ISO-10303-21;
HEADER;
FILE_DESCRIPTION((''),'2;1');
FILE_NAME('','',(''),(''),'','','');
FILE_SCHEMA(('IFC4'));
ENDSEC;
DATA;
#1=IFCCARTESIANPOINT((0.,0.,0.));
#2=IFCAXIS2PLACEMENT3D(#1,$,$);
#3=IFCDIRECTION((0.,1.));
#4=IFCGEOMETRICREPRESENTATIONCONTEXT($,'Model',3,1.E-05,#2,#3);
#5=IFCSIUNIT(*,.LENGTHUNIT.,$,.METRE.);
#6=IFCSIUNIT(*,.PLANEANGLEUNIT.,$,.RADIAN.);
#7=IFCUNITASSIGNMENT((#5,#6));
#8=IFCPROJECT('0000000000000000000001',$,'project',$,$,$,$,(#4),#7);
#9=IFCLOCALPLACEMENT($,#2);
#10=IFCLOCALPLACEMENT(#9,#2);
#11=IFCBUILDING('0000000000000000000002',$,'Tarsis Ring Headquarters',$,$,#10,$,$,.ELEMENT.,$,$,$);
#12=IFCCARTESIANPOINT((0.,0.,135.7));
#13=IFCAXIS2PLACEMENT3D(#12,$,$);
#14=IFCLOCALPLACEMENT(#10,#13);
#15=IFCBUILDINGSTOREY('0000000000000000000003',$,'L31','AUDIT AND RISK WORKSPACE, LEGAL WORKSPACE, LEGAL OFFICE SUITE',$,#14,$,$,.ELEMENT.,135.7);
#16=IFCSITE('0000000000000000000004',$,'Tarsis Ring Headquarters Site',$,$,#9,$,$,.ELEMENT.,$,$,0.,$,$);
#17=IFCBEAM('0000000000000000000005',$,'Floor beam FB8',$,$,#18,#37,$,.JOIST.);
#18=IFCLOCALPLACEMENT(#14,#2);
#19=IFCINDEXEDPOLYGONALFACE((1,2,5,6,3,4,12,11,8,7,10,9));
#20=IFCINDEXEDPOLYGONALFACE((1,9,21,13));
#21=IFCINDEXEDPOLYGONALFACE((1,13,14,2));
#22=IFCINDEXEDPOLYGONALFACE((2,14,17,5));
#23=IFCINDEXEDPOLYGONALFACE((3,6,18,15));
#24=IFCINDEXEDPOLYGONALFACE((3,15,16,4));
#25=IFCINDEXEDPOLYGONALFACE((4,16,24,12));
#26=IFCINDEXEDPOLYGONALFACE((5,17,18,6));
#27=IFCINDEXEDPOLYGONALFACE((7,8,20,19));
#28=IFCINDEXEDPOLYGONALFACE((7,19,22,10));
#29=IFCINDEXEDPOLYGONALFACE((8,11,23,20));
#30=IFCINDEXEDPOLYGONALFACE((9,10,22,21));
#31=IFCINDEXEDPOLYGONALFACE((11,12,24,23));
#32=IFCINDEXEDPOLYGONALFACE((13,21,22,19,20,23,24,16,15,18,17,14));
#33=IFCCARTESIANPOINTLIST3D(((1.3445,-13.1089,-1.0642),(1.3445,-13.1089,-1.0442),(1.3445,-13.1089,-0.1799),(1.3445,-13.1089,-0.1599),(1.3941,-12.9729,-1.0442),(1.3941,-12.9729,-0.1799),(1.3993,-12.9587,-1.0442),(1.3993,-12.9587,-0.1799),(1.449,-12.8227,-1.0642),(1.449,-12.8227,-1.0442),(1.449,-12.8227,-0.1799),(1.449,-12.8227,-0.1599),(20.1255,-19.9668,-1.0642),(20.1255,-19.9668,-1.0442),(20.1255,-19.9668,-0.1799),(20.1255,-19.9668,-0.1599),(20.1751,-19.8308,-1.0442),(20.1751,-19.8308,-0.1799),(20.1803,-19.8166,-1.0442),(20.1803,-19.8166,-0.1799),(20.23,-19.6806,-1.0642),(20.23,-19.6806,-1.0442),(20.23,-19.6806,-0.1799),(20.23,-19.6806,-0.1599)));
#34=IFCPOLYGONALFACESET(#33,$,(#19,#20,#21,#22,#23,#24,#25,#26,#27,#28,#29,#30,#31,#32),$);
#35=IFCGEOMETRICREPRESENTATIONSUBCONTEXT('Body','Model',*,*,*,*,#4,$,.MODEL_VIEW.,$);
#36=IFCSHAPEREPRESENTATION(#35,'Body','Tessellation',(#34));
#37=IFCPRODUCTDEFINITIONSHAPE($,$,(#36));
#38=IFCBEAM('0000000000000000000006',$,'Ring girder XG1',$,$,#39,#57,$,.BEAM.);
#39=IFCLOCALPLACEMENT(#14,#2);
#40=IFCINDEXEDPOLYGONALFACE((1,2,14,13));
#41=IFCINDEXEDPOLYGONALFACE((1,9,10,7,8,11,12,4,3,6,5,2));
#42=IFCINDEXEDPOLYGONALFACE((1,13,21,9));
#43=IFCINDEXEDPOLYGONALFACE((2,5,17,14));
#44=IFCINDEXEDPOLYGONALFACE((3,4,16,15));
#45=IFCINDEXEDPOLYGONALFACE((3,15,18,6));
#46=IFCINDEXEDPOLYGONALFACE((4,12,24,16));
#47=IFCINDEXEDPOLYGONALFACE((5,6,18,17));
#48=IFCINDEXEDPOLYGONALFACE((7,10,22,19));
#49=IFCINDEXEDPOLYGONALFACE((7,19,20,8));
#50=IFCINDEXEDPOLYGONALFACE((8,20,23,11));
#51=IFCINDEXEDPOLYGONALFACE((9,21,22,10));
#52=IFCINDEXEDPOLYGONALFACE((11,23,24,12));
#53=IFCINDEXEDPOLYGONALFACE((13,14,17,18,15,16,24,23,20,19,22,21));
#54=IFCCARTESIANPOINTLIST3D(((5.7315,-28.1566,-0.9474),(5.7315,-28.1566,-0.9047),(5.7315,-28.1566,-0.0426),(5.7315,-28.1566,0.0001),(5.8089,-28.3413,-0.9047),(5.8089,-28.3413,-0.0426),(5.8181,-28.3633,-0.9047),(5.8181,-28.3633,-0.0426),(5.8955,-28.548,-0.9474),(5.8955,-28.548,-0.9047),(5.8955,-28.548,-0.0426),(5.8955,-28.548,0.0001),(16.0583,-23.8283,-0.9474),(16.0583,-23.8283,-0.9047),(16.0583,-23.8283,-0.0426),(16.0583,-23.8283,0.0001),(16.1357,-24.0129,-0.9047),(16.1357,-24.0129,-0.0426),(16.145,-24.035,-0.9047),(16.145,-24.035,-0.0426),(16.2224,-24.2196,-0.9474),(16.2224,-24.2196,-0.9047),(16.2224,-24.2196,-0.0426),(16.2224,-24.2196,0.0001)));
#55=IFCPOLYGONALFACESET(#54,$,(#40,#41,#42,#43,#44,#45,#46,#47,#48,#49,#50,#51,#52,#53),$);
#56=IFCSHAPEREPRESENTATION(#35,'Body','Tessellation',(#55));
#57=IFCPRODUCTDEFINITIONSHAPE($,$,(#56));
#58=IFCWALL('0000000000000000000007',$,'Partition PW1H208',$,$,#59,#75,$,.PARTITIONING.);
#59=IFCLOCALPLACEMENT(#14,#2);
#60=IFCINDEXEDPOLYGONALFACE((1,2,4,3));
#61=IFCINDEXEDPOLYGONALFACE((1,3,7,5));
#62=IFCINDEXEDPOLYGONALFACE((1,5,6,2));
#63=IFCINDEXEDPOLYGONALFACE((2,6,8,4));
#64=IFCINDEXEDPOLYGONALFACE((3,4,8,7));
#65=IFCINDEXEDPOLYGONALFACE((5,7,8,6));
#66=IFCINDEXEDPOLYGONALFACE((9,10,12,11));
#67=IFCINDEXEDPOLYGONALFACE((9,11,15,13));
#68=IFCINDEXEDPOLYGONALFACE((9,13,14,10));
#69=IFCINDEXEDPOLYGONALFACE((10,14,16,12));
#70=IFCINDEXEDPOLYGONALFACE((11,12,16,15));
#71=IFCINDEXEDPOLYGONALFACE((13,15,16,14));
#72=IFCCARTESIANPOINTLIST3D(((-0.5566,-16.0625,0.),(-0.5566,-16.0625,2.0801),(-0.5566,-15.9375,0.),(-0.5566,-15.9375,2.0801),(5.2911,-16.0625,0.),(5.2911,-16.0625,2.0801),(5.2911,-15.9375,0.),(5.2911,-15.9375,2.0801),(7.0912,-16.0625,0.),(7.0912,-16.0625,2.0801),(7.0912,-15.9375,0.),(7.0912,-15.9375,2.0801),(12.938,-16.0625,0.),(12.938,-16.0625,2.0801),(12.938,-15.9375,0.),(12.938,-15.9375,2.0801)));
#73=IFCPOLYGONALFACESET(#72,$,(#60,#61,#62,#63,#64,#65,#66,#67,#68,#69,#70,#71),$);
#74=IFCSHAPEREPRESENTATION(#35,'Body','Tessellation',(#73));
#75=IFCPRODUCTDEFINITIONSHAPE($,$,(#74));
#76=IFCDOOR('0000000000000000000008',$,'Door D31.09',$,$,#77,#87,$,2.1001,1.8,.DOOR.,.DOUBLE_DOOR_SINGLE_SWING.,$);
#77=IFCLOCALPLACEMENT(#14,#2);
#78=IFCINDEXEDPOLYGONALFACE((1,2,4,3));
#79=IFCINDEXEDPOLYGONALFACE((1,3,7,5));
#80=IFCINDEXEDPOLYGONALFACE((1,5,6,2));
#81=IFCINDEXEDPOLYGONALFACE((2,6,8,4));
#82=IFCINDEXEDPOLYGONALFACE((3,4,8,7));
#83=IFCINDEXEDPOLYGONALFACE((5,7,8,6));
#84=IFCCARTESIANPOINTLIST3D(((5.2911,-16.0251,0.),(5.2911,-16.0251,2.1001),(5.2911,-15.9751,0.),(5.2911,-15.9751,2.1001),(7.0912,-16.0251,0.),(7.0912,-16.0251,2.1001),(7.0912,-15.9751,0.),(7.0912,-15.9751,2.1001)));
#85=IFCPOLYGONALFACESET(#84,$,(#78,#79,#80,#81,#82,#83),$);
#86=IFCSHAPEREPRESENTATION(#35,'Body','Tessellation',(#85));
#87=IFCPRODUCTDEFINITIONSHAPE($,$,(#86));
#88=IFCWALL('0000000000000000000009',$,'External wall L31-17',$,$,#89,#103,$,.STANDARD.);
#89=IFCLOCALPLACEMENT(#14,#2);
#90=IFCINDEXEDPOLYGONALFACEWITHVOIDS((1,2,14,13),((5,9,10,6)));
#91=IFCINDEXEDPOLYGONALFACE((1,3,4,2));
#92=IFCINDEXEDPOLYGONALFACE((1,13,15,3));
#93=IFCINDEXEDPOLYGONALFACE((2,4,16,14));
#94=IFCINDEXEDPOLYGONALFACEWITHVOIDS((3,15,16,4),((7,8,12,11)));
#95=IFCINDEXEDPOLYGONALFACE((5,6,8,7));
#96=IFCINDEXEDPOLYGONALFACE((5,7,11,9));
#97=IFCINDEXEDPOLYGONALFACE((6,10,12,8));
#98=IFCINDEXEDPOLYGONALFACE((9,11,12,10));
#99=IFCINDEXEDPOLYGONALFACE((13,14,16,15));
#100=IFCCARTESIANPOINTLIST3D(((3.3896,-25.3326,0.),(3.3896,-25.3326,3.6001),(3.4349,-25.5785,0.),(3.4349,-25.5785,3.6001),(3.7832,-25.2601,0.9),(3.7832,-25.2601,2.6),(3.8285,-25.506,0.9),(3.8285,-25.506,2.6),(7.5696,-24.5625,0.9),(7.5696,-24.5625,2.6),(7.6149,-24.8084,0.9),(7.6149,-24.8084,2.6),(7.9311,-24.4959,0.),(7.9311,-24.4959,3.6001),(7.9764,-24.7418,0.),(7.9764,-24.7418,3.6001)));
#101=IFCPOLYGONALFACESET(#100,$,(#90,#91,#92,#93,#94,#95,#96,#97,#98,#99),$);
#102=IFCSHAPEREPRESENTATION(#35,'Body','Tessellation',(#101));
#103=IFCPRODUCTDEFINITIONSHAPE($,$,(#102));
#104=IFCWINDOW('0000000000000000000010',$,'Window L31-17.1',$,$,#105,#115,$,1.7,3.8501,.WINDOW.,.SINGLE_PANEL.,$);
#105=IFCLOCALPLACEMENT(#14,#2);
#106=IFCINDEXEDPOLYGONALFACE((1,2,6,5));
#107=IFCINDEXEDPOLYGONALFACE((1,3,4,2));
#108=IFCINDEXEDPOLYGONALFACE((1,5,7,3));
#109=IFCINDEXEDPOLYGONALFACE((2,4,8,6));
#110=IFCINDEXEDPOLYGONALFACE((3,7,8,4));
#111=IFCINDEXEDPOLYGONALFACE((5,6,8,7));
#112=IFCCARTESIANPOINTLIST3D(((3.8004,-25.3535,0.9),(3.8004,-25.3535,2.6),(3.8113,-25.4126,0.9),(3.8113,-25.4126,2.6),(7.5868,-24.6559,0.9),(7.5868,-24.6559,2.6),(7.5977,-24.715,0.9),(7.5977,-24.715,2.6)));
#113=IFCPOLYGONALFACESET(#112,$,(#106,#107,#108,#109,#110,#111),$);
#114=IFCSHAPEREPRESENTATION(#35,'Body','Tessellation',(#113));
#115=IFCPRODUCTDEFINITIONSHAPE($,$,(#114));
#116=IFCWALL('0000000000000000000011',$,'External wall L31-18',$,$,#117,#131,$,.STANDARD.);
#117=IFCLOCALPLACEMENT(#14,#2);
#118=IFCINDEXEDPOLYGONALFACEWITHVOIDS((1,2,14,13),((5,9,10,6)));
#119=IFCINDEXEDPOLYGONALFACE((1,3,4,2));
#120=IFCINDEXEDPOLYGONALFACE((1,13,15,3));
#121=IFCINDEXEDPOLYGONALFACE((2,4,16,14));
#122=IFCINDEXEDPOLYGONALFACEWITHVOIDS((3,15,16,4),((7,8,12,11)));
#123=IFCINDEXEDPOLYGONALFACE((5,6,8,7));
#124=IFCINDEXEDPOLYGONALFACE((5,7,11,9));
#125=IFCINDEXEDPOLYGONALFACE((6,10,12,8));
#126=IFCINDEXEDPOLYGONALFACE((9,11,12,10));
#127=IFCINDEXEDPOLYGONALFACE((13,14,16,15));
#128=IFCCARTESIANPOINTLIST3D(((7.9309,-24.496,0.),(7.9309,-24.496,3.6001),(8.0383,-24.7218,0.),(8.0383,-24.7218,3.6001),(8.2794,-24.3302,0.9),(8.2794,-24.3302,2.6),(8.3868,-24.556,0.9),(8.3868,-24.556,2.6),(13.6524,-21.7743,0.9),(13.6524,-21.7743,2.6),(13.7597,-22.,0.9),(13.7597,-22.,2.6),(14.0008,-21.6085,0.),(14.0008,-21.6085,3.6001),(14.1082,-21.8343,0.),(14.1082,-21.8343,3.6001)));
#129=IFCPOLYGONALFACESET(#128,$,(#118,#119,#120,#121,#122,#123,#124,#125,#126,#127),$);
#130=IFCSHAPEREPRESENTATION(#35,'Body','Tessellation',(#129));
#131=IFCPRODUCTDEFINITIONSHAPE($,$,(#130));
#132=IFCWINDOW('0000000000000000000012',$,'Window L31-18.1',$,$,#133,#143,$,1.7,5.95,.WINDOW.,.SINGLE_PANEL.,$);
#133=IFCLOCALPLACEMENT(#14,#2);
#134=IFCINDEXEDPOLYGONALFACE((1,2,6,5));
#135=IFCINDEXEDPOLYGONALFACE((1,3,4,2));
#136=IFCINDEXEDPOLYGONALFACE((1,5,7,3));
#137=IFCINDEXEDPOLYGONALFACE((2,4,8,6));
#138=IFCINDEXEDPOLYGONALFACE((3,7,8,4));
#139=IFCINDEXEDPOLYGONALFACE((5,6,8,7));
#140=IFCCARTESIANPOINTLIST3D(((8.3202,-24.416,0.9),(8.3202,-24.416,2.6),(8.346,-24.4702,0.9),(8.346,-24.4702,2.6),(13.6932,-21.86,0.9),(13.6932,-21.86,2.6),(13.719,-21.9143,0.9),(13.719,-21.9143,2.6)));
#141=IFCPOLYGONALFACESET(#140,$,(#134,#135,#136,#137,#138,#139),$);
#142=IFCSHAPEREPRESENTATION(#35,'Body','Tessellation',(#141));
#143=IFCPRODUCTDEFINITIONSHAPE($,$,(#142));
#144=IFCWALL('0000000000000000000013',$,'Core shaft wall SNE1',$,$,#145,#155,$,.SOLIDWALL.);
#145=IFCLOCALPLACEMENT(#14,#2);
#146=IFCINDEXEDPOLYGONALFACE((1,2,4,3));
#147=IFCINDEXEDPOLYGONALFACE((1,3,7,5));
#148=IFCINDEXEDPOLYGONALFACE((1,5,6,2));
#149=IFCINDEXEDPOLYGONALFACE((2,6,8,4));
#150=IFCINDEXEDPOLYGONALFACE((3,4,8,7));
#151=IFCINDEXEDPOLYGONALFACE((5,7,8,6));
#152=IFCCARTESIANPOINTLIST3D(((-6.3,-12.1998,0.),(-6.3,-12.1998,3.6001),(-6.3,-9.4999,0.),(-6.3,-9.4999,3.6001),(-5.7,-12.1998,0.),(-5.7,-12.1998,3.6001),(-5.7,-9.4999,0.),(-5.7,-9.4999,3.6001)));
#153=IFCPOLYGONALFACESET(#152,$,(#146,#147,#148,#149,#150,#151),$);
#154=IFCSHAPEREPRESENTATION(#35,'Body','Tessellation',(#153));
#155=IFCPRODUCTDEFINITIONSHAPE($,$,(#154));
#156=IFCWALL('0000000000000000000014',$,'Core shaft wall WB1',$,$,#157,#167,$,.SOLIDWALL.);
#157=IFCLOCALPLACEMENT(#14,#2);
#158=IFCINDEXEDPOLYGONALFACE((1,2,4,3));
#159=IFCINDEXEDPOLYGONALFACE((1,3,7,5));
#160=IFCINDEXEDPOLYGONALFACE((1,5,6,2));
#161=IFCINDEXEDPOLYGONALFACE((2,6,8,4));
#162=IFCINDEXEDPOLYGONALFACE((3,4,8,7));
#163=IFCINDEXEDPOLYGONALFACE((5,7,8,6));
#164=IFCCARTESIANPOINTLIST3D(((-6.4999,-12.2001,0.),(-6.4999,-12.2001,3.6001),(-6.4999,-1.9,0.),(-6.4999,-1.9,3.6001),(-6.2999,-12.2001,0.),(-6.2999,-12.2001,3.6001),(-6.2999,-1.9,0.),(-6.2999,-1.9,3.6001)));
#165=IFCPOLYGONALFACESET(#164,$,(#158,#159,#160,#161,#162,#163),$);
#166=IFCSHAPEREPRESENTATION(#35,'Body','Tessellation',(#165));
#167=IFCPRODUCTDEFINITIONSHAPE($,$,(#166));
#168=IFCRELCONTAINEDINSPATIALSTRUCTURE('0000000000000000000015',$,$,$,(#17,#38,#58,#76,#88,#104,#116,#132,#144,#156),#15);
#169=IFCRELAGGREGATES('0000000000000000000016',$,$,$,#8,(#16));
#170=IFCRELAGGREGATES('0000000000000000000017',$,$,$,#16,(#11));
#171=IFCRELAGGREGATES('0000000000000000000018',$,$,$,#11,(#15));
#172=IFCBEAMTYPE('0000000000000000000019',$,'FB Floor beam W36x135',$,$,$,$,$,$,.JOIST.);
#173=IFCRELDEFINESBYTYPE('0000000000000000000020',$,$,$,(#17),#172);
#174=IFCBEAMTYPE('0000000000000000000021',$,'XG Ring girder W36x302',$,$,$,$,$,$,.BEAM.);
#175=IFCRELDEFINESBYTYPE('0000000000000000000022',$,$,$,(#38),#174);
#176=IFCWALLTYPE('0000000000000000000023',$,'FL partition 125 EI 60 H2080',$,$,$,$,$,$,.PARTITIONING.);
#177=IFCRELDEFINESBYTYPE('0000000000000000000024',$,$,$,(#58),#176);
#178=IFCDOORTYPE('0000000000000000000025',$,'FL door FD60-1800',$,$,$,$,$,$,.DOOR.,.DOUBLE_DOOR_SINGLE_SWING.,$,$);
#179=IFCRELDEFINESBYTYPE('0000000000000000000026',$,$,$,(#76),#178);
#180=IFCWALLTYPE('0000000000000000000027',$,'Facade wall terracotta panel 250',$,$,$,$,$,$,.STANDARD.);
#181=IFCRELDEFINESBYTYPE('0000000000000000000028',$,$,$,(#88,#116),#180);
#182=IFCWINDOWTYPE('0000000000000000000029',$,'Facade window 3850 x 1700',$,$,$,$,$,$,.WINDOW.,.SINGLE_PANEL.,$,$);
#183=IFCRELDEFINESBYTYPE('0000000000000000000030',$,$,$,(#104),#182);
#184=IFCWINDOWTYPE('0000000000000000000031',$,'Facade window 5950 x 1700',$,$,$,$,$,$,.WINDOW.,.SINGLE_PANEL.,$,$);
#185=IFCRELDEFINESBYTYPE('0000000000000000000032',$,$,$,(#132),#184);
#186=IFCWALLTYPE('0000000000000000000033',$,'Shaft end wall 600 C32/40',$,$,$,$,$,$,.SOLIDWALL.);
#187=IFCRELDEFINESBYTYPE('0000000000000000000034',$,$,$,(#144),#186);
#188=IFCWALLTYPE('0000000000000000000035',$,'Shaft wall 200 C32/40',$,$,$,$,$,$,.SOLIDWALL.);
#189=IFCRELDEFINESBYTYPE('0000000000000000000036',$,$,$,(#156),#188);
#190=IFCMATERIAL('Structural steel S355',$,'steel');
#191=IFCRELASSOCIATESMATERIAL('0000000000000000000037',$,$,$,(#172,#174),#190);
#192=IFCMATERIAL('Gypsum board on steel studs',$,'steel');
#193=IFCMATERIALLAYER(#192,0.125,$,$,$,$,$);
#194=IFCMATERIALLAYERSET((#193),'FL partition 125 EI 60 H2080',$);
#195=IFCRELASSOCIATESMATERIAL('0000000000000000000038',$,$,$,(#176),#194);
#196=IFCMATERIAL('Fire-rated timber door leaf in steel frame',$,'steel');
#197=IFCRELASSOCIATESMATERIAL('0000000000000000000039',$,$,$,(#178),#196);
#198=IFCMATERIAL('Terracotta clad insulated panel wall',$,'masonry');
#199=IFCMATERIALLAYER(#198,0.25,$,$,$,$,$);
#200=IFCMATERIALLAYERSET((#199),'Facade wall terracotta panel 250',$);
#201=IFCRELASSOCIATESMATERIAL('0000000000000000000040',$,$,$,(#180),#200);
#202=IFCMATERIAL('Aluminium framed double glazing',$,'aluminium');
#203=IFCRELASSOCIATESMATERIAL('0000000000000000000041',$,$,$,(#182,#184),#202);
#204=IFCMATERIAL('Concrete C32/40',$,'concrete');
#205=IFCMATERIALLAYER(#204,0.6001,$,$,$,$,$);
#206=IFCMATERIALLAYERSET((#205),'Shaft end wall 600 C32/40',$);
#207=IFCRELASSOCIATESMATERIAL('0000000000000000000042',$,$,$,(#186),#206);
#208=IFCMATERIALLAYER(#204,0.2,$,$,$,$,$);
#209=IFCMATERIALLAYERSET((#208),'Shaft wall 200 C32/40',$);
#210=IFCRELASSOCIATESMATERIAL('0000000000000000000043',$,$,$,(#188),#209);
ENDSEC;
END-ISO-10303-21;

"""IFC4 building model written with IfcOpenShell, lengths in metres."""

from ifc_helpers import new_model, si_unit, direction, frame, frame_2d, origin, origin_2d, place, context, subcontext, project, spatial, rectangle, i_section, extrude, material, layer, layer_set, material_profile, profile_set, type_object, element, fill, save


model = new_model("IFC4")

# Units and contexts
model_context = context("Model", 3, precision=1e-05, world=origin(), true_north=direction((0.0, 1.0)))
body_context = subcontext(model_context, "Body", "Model", "MODEL_VIEW")
ifc_project = project(units=[si_unit("LENGTHUNIT", "METRE"), si_unit("PLANEANGLEUNIT", "RADIAN")], contexts=[model_context])

# Site, building, storey
site_placement = place(None, origin())
site = spatial("IfcSite", under=ifc_project, at=site_placement, Name="Tarsis Ring Headquarters Site", CompositionType="ELEMENT", RefElevation=0.0)
building_placement = place(site_placement, origin())
building = spatial("IfcBuilding", under=site, at=building_placement, Name="Tarsis Ring Headquarters", CompositionType="ELEMENT")
storey_placement = place(building_placement, frame((0.0, 0.0, 135.7)))
storey = spatial("IfcBuildingStorey", under=building, at=storey_placement, Name="L31", Description="AUDIT AND RISK WORKSPACE, LEGAL WORKSPACE, LEGAL OFFICE SUITE", CompositionType="ELEMENT", Elevation=135.7)

# Beams
ifc_material_1 = material(Name="Structural steel S355", Category="steel")
ifc_material_profile_1 = material_profile(ifc_material_1, i_section(OverallWidth=0.3047, OverallDepth=0.9043, WebThickness=0.0151, FlangeThickness=0.02, at=origin_2d()), Name="W36x135")
ifc_profile_set_1 = profile_set([ifc_material_profile_1], Name="Structural steel S355")
beam_type_1 = type_object("IfcBeamType", Name="FB Floor beam W36x135", PredefinedType="JOIST", material=ifc_profile_set_1)
beam_1_placement = place(storey_placement, frame((1.3967, -12.9658, -0.6121), z_axis=(0.939336, -0.343, 0.0), x_axis=(0.343, 0.939336, 0.0)))
element("IfcBeam", 1, at=beam_1_placement, inside=storey, type_object=beam_type_1, Name="Floor beam FB8", PredefinedType="JOIST", context=body_context, shape_type="SweptSolid", body=[
    extrude(i_section(OverallWidth=0.3047, OverallDepth=0.9043, WebThickness=0.0151, FlangeThickness=0.02, at=origin_2d()), origin(), (0.0, 0.0, 1.0), 19.9939),
])
ifc_material_profile_2 = material_profile(ifc_material_1, i_section(OverallWidth=0.4243, OverallDepth=0.9475, WebThickness=0.0239, FlangeThickness=0.0427, at=origin_2d()), Name="W36x302")
ifc_profile_set_2 = profile_set([ifc_material_profile_2], Name="Structural steel S355")
beam_type_2 = type_object("IfcBeamType", Name="XG Ring girder W36x302", PredefinedType="BEAM", material=ifc_profile_set_2)
beam_2_placement = place(storey_placement, frame((5.8135, -28.3523, -0.4736), z_axis=(0.922267, 0.386554, 0.0), x_axis=(-0.386554, 0.922267, 0.0)))
element("IfcBeam", 2, at=beam_2_placement, inside=storey, type_object=beam_type_2, Name="Ring girder XG1", PredefinedType="BEAM", context=body_context, shape_type="SweptSolid", body=[
    extrude(i_section(OverallWidth=0.4243, OverallDepth=0.9475, WebThickness=0.0239, FlangeThickness=0.0427, at=origin_2d()), origin(), (0.0, 0.0, 1.0), 11.1973),
])

# Wall, opening, door
ifc_material_2 = material(Name="Gypsum board on steel studs", Category="steel")
ifc_layer_1 = layer(ifc_material_2, 0.125)
ifc_layer_set_1 = layer_set([ifc_layer_1], Name="FL partition 125 EI 60 H2080")
wall_type_1 = type_object("IfcWallType", Name="FL partition 125 EI 60 H2080", PredefinedType="PARTITIONING", material=ifc_layer_set_1)
wall_1_placement = place(storey_placement, frame((-0.5566, -16.0, 0.0), z_axis=(0.0, 0.0, 1.0), x_axis=(1.0, 0.0, 0.0)))
wall_1 = element("IfcWall", 3, at=wall_1_placement, inside=storey, type_object=wall_type_1, Name="Partition PW1H208", PredefinedType="PARTITIONING", context=body_context, shape_type="SweptSolid", body=[
    extrude(rectangle(XDim=13.4946, YDim=0.125, at=frame_2d((6.7473, 0.0))), origin(), (0.0, 0.0, 1.0), 2.0801),
])
opening_1_placement = place(wall_1_placement, frame((5.8479, 0.0, 0.0)))
opening_1 = element("IfcOpeningElement", 4, at=opening_1_placement, cuts=wall_1, PredefinedType="OPENING", context=body_context, shape_type="SweptSolid", body=[
    extrude(rectangle(XDim=1.8, YDim=2.1001, at=frame_2d((0.8999, 1.05))), frame((0.0, 0.0725, 0.0), z_axis=(0.0, -1.0, 0.0), x_axis=(1.0, 0.0, 0.0)), (0.0, 0.0, 1.0), 0.145),
])
ifc_material_3 = material(Name="Fire-rated timber door leaf in steel frame", Category="steel")
door_type = type_object("IfcDoorType", Name="FL door FD60-1800", OperationType="DOUBLE_DOOR_SINGLE_SWING", PredefinedType="DOOR", material=ifc_material_3)
door_placement = place(opening_1_placement, origin())
door = element("IfcDoor", 5, at=door_placement, inside=storey, type_object=door_type, Name="Door D31.09", OperationType="DOUBLE_DOOR_SINGLE_SWING", OverallHeight=2.1001, OverallWidth=1.8, PredefinedType="DOOR", context=body_context, shape_type="SweptSolid", body=[
    extrude(rectangle(XDim=1.8, YDim=2.1001, at=frame_2d((0.8999, 1.05))), frame((0.0, 0.0249, 0.0), z_axis=(0.0, -1.0, 0.0), x_axis=(1.0, 0.0, 0.0)), (0.0, 0.0, 1.0), 0.05),
])
fill(opening_1, door)

# Walls, openings, windows
ifc_material_4 = material(Name="Terracotta clad insulated panel wall", Category="masonry")
ifc_layer_2 = layer(ifc_material_4, 0.25)
ifc_layer_set_2 = layer_set([ifc_layer_2], Name="Facade wall terracotta panel 250")
wall_type_2 = type_object("IfcWallType", Name="Facade wall terracotta panel 250", PredefinedType="STANDARD", material=ifc_layer_set_2)
wall_2_placement = place(storey_placement, frame((3.4121, -25.4556, 0.0), z_axis=(0.0, 0.0, 1.0), x_axis=(0.98345, 0.181179, 0.0)))
wall_2 = element("IfcWall", 6, at=wall_2_placement, inside=storey, type_object=wall_type_2, Name="External wall L31-17", PredefinedType="STANDARD", context=body_context, shape_type="SweptSolid", body=[
    extrude(rectangle(XDim=4.6179, YDim=0.25, at=frame_2d((2.3091, 0.0))), origin(), (0.0, 0.0, 1.0), 3.6001),
])
opening_2_placement = place(wall_2_placement, frame((0.4004, 0.0, 0.8999)))
opening_2 = element("IfcOpeningElement", 7, at=opening_2_placement, cuts=wall_2, PredefinedType="OPENING", context=body_context, shape_type="SweptSolid", body=[
    extrude(rectangle(XDim=3.8501, YDim=1.7, at=frame_2d((1.925, 0.8501))), frame((0.0, 0.135, 0.0), z_axis=(0.0, -1.0, 0.0), x_axis=(1.0, 0.0, 0.0)), (0.0, 0.0, 1.0), 0.27),
])
ifc_material_5 = material(Name="Aluminium framed double glazing", Category="aluminium")
window_type_1 = type_object("IfcWindowType", Name="Facade window 3850 x 1700", PartitioningType="SINGLE_PANEL", PredefinedType="WINDOW", material=ifc_material_5)
window_1_placement = place(opening_2_placement, origin())
window_1 = element("IfcWindow", 8, at=window_1_placement, inside=storey, type_object=window_type_1, Name="Window L31-17.1", OverallHeight=1.7, OverallWidth=3.8501, PartitioningType="SINGLE_PANEL", PredefinedType="WINDOW", context=body_context, shape_type="SweptSolid", body=[
    extrude(rectangle(XDim=3.8501, YDim=1.7, at=frame_2d((1.925, 0.8501))), frame((0.0, 0.03, 0.0), z_axis=(0.0, -1.0, 0.0), x_axis=(1.0, 0.0, 0.0)), (0.0, 0.0, 1.0), 0.0601),
])
fill(opening_2, window_1)
wall_3_placement = place(storey_placement, frame((7.9846, -24.6089, 0.0), z_axis=(0.0, 0.0, 1.0), x_axis=(0.90303, 0.429577, 0.0)))
wall_3 = element("IfcWall", 9, at=wall_3_placement, inside=storey, type_object=wall_type_2, Name="External wall L31-18", PredefinedType="STANDARD", context=body_context, shape_type="SweptSolid", body=[
    extrude(rectangle(XDim=6.7217, YDim=0.25, at=frame_2d((3.3608, 0.0))), origin(), (0.0, 0.0, 1.0), 3.6001),
])
opening_3_placement = place(wall_3_placement, frame((0.3857, 0.0, 0.8999)))
opening_3 = element("IfcOpeningElement", 10, at=opening_3_placement, cuts=wall_3, PredefinedType="OPENING", context=body_context, shape_type="SweptSolid", body=[
    extrude(rectangle(XDim=5.95, YDim=1.7, at=frame_2d((2.9751, 0.8501))), frame((0.0, 0.135, 0.0), z_axis=(0.0, -1.0, 0.0), x_axis=(1.0, 0.0, 0.0)), (0.0, 0.0, 1.0), 0.27),
])
window_type_2 = type_object("IfcWindowType", Name="Facade window 5950 x 1700", PartitioningType="SINGLE_PANEL", PredefinedType="WINDOW", material=ifc_material_5)
window_2_placement = place(opening_3_placement, origin())
window_2 = element("IfcWindow", 11, at=window_2_placement, inside=storey, type_object=window_type_2, Name="Window L31-18.1", OverallHeight=1.7, OverallWidth=5.95, PartitioningType="SINGLE_PANEL", PredefinedType="WINDOW", context=body_context, shape_type="SweptSolid", body=[
    extrude(rectangle(XDim=5.95, YDim=1.7, at=frame_2d((2.9751, 0.8501))), frame((0.0, 0.03, 0.0), z_axis=(0.0, -1.0, 0.0), x_axis=(1.0, 0.0, 0.0)), (0.0, 0.0, 1.0), 0.0601),
])
fill(opening_3, window_2)

# Walls
ifc_material_6 = material(Name="Concrete C32/40", Category="concrete")
ifc_layer_3 = layer(ifc_material_6, 0.6001)
ifc_layer_set_3 = layer_set([ifc_layer_3], Name="Shaft end wall 600 C32/40")
wall_type_3 = type_object("IfcWallType", Name="Shaft end wall 600 C32/40", PredefinedType="SOLIDWALL", material=ifc_layer_set_3)
wall_4_placement = place(storey_placement, frame((-6.0, -12.2, 0.0), z_axis=(0.0, 0.0, 1.0), x_axis=(0.0, 1.0, 0.0)))
element("IfcWall", 12, at=wall_4_placement, inside=storey, type_object=wall_type_3, Name="Core shaft wall SNE1", PredefinedType="SOLIDWALL", context=body_context, shape_type="SweptSolid", body=[
    extrude(rectangle(XDim=2.7, YDim=0.6001, at=frame_2d((1.3501, 0.0))), origin(), (0.0, 0.0, 1.0), 3.6001),
])
ifc_layer_4 = layer(ifc_material_6, 0.2)
ifc_layer_set_4 = layer_set([ifc_layer_4], Name="Shaft wall 200 C32/40")
wall_type_4 = type_object("IfcWallType", Name="Shaft wall 200 C32/40", PredefinedType="SOLIDWALL", material=ifc_layer_set_4)
wall_5_placement = place(storey_placement, frame((-6.3999, -12.2, 0.0), z_axis=(0.0, 0.0, 1.0), x_axis=(0.0, 1.0, 0.0)))
element("IfcWall", 13, at=wall_5_placement, inside=storey, type_object=wall_type_4, Name="Core shaft wall WB1", PredefinedType="SOLIDWALL", context=body_context, shape_type="SweptSolid", body=[
    extrude(rectangle(XDim=10.3, YDim=0.2, at=frame_2d((5.1499, 0.0))), origin(), (0.0, 0.0, 1.0), 3.6001),
])

save(model, "model.ifc")
